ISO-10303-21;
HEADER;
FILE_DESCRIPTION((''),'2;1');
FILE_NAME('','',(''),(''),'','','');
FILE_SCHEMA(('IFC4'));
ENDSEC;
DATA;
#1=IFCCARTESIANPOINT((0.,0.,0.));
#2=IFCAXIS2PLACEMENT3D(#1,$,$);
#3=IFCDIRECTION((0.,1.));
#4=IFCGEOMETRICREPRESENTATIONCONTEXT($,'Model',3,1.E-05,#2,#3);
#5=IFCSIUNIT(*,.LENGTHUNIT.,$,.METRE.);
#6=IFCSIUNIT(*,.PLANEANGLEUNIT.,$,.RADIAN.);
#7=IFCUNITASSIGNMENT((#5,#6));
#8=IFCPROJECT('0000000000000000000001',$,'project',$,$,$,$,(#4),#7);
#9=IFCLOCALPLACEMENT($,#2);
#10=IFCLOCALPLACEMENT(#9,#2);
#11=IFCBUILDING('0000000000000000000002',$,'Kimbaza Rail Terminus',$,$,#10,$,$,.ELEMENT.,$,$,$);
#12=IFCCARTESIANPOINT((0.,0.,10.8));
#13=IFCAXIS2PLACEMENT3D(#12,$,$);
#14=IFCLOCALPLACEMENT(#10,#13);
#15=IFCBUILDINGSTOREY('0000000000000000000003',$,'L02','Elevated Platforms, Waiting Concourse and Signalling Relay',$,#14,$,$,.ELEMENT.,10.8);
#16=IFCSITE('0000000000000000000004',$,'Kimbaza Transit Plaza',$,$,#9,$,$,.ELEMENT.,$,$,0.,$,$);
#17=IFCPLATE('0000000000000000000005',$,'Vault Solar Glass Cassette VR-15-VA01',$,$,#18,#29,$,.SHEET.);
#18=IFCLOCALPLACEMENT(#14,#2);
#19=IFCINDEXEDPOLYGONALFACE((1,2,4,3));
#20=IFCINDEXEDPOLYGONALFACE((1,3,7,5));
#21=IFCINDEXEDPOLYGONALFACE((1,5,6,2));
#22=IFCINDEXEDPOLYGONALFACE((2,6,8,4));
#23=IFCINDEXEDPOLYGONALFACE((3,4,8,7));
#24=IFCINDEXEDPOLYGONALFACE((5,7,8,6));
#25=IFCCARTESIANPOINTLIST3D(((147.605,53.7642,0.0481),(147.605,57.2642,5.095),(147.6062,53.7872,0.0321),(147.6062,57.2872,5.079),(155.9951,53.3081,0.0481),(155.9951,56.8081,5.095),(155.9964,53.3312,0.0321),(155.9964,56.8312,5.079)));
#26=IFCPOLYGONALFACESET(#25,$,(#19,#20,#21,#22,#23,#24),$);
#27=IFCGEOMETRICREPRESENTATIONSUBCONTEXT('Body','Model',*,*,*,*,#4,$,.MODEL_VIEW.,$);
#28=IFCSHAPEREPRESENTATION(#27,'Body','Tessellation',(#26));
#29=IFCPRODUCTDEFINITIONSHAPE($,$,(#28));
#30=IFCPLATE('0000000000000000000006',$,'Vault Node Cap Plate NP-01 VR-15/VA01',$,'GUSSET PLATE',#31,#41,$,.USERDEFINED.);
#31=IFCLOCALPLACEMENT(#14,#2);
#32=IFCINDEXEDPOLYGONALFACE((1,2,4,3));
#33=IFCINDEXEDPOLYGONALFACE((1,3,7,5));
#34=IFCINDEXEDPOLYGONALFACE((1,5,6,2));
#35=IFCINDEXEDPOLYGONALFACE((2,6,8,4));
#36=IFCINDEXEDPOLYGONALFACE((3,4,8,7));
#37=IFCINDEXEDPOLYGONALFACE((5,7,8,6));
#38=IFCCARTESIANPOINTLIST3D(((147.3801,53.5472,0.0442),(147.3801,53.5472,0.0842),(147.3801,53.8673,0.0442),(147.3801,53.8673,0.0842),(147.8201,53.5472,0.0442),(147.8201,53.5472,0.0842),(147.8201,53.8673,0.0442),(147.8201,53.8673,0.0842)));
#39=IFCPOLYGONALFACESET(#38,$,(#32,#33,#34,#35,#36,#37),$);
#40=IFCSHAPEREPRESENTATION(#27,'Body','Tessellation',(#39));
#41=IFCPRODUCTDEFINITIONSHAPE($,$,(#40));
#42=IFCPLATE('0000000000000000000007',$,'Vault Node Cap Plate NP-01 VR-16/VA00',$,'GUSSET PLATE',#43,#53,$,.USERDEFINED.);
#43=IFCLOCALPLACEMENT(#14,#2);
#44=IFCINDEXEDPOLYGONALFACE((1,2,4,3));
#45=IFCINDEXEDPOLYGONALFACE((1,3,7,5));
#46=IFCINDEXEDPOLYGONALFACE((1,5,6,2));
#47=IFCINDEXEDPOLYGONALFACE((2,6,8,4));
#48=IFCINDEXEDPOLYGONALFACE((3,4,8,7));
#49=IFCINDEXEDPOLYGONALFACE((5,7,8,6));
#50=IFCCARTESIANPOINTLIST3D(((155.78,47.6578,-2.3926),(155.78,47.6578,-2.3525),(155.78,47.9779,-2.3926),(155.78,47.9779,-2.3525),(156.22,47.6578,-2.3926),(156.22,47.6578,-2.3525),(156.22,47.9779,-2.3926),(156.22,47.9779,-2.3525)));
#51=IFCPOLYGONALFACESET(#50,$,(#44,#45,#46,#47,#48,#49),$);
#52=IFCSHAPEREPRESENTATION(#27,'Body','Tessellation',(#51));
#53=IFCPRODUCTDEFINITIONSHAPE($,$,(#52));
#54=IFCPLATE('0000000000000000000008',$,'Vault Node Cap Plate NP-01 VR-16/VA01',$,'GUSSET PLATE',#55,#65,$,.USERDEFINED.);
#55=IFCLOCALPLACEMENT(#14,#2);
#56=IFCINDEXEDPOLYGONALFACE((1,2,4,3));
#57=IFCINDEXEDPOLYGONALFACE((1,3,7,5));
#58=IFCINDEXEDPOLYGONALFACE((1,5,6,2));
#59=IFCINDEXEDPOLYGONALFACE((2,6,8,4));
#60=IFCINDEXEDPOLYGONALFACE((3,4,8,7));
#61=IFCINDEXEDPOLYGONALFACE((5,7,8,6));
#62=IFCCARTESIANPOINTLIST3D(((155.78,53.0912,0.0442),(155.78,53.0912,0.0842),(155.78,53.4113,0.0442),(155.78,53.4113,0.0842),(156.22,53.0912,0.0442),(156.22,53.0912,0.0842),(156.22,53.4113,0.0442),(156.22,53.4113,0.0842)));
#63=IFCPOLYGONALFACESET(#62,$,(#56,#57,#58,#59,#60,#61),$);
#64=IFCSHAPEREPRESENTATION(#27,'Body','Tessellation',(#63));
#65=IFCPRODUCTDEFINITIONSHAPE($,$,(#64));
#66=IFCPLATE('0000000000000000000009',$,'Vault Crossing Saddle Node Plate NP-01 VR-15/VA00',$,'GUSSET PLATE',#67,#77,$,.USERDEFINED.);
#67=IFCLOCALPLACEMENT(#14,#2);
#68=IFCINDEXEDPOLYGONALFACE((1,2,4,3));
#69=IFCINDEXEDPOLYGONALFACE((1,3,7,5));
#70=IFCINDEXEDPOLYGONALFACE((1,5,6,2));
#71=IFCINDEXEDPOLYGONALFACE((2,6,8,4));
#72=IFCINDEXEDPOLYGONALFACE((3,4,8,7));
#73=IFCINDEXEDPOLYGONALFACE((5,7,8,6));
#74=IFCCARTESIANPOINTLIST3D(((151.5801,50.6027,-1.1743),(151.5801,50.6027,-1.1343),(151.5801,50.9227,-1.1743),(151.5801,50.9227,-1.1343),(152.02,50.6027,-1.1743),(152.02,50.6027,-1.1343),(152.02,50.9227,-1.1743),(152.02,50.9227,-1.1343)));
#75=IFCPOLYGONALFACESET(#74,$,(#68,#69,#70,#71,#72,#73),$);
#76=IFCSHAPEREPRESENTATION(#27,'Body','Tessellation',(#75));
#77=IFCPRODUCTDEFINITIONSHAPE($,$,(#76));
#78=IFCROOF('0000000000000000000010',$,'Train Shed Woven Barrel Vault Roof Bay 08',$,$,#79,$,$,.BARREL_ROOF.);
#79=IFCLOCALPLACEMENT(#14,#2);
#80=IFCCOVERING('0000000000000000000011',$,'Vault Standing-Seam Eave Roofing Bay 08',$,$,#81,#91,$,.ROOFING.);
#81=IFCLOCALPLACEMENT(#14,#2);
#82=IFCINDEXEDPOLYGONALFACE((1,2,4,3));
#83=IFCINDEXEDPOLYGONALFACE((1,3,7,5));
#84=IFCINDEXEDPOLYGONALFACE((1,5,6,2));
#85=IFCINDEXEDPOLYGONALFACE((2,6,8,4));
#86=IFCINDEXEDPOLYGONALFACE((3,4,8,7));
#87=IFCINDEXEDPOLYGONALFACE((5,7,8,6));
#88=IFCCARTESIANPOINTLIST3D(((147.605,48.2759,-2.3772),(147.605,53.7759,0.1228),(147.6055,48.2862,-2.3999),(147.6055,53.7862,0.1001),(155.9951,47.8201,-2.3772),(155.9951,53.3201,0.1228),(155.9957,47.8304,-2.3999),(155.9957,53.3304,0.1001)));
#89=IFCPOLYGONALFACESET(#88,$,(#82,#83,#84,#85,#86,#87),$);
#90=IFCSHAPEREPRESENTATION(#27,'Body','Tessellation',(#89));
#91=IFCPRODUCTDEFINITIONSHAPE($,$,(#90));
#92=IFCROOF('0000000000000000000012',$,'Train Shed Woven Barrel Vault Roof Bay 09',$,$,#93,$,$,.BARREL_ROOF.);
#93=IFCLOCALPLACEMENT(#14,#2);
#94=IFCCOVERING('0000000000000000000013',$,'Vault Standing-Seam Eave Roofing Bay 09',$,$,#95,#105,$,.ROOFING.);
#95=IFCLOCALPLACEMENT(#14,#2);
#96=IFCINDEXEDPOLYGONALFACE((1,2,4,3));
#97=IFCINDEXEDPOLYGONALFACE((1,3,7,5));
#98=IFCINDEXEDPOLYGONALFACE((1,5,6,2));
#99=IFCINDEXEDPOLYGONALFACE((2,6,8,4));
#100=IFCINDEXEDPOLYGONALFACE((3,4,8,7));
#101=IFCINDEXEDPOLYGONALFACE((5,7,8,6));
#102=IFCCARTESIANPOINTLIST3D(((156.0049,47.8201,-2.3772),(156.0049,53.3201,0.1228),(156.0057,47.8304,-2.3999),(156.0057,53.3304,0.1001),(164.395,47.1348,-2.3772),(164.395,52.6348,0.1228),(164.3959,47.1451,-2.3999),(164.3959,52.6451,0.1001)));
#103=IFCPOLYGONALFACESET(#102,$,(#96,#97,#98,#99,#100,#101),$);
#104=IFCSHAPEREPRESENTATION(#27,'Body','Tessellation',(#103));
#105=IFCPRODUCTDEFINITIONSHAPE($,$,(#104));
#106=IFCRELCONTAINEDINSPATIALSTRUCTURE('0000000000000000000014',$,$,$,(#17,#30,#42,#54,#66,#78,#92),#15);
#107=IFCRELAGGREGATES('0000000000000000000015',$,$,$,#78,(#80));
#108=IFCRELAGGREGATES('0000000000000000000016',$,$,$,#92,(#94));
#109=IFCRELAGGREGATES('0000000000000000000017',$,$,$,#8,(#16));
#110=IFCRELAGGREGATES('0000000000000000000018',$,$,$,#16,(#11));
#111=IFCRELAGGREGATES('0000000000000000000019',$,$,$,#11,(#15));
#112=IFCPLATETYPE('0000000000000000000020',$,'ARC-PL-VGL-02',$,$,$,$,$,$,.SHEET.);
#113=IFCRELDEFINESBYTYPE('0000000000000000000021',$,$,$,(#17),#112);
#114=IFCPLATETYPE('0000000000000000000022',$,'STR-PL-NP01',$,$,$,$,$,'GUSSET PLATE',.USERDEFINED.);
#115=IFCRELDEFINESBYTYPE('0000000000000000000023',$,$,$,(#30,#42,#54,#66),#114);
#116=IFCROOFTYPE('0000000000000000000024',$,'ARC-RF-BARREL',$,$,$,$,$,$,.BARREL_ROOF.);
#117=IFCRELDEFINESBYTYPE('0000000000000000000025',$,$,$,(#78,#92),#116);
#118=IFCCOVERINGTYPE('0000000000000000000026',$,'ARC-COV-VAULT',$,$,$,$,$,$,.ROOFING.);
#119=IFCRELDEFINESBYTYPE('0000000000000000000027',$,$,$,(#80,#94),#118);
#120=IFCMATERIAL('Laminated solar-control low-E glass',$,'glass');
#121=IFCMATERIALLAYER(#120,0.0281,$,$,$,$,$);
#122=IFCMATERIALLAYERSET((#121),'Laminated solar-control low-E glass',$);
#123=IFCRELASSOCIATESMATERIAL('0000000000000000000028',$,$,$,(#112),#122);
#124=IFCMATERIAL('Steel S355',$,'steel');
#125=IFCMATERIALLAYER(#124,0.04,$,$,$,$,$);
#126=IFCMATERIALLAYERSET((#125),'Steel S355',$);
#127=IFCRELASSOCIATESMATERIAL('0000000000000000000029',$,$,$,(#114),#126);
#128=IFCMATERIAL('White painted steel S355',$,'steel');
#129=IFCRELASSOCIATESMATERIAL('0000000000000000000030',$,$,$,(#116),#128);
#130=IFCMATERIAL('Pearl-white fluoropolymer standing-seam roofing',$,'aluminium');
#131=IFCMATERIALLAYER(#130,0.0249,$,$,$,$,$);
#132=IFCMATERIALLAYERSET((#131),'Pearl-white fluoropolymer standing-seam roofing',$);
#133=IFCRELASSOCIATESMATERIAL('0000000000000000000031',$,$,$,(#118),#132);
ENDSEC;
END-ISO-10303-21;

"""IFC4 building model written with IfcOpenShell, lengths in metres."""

from ifc_helpers import new_model, si_unit, direction, frame, origin, origin_2d, place, context, subcontext, project, spatial, polyline, rectangle, outline, extrude, material, layer, layer_set, type_object, element, aggregate, save


model = new_model("IFC4")

# Units and contexts
model_context = context("Model", 3, precision=1e-05, world=origin(), true_north=direction((0.0, 1.0)))
body_context = subcontext(model_context, "Body", "Model", "MODEL_VIEW")
ifc_project = project(units=[si_unit("LENGTHUNIT", "METRE"), si_unit("PLANEANGLEUNIT", "RADIAN")], contexts=[model_context])

# Site, building, storey
site_placement = place(None, origin())
site = spatial("IfcSite", under=ifc_project, at=site_placement, Name="Kimbaza Transit Plaza", CompositionType="ELEMENT", RefElevation=0.0)
building_placement = place(site_placement, origin())
building = spatial("IfcBuilding", under=site, at=building_placement, Name="Kimbaza Rail Terminus", CompositionType="ELEMENT")
storey_placement = place(building_placement, frame((0.0, 0.0, 10.8)))
storey = spatial("IfcBuildingStorey", under=building, at=storey_placement, Name="L02", Description="Elevated Platforms, Waiting Concourse and Signalling Relay", CompositionType="ELEMENT", Elevation=10.8)

# Plates
ifc_material_1 = material(Name="Laminated solar-control low-E glass", Category="glass")
ifc_layer_1 = layer(ifc_material_1, 0.0281)
ifc_layer_set_1 = layer_set([ifc_layer_1], Name="Laminated solar-control low-E glass")
plate_type_1 = type_object("IfcPlateType", Name="ARC-PL-VGL-02", PredefinedType="SHEET", material=ifc_layer_set_1)
plate_1_placement = place(storey_placement, frame((147.605, 53.7642, 0.0481), z_axis=(-0.044622, -0.820916, 0.569304), x_axis=(0.998526, -0.054276, 0.0)))
element("IfcPlate", 1, at=plate_1_placement, inside=storey, type_object=plate_type_1, Name="Vault Solar Glass Cassette VR-15-VA01", PredefinedType="SHEET", context=body_context, shape_type="SweptSolid", body=[
    extrude(outline(polyline([(0.0, 0.0), (8.4025, 0.0), (8.2126, 6.1388), (-0.19, 6.1388), (0.0, 0.0)])), origin(), (0.0, 0.0, -1.0), 0.0281),
])
ifc_material_2 = material(Name="Steel S355", Category="steel")
ifc_layer_2 = layer(ifc_material_2, 0.04)
ifc_layer_set_2 = layer_set([ifc_layer_2], Name="Steel S355")
plate_type_2 = type_object("IfcPlateType", Name="STR-PL-NP01", ElementType="GUSSET PLATE", PredefinedType="USERDEFINED", material=ifc_layer_set_2)
for number, where, z_axis, x_axis, name in (
    (2, (147.6001, 53.7073, 0.0442), (0.0, 0.0, 1.0), (1.0, 0.0, 0.0), "Vault Node Cap Plate NP-01 VR-15/VA01"),
    (3, (156.0, 47.8179, -2.3926), (0.0, 0.0, 1.0), (1.0, 0.0, 0.0), "Vault Node Cap Plate NP-01 VR-16/VA00"),
    (4, (156.0, 53.2512, 0.0442), (0.0, 0.0, 1.0), (1.0, 0.0, 0.0), "Vault Node Cap Plate NP-01 VR-16/VA01"),
    (5, (151.8, 50.7627, -1.1743), (0.0, 0.0, 1.0), (1.0, 0.0, 0.0), "Vault Crossing Saddle Node Plate NP-01 VR-15/VA00"),
):
    element("IfcPlate", number, at=place(storey_placement, frame(where, z_axis=z_axis, x_axis=x_axis)), inside=storey, type_object=plate_type_2, Name=name, ObjectType="GUSSET PLATE", PredefinedType="USERDEFINED", context=body_context, shape_type="SweptSolid", body=[
        extrude(rectangle(XDim=0.4399, YDim=0.3201, at=origin_2d()), origin(), (0.0, 0.0, 1.0), 0.04),
    ])

# Roofs, coverings
ifc_material_3 = material(Name="White painted steel S355", Category="steel")
roof_type = type_object("IfcRoofType", Name="ARC-RF-BARREL", PredefinedType="BARREL_ROOF", material=ifc_material_3)
roof_1_placement = place(storey_placement, origin())
roof_1 = element("IfcRoof", 6, at=roof_1_placement, inside=storey, type_object=roof_type, Name="Train Shed Woven Barrel Vault Roof Bay 08", PredefinedType="BARREL_ROOF")
ifc_material_4 = material(Name="Pearl-white fluoropolymer standing-seam roofing", Category="aluminium")
ifc_layer_3 = layer(ifc_material_4, 0.0249)
ifc_layer_set_3 = layer_set([ifc_layer_3], Name="Pearl-white fluoropolymer standing-seam roofing")
covering_type = type_object("IfcCoveringType", Name="ARC-COV-VAULT", PredefinedType="ROOFING", material=ifc_layer_set_3)
covering_1_placement = place(storey_placement, frame((147.605, 48.2759, -2.3772), z_axis=(-0.022475, -0.413698, 0.910137), x_axis=(0.998528, -0.054247, 0.0)))
covering_1 = element("IfcCovering", 7, at=covering_1_placement, type_object=covering_type, Name="Vault Standing-Seam Eave Roofing Bay 08", PredefinedType="ROOFING", context=body_context, shape_type="SweptSolid", body=[
    extrude(outline(polyline([(0.0, 0.0), (8.4025, 0.0), (8.1042, 6.0342), (-0.2984, 6.0342), (0.0, 0.0)])), origin(), (0.0, 0.0, -1.0), 0.0249),
])
aggregate(roof_1, [covering_1])
roof_2_placement = place(storey_placement, origin())
roof_2 = element("IfcRoof", 8, at=roof_2_placement, inside=storey, type_object=roof_type, Name="Train Shed Woven Barrel Vault Roof Bay 09", PredefinedType="BARREL_ROOF")
covering_2_placement = place(storey_placement, frame((156.0049, 47.8201, -2.3772), z_axis=(-0.03378, -0.413567, 0.909847), x_axis=(0.996681, -0.081408, 0.0)))
covering_2 = element("IfcCovering", 9, at=covering_2_placement, type_object=covering_type, Name="Vault Standing-Seam Eave Roofing Bay 09", PredefinedType="ROOFING", context=body_context, shape_type="SweptSolid", body=[
    extrude(outline(polyline([(0.0, 0.0), (8.4181, 0.0), (7.9703, 6.0249), (-0.4477, 6.0249), (0.0, 0.0)])), origin(), (0.0, 0.0, -1.0), 0.0249),
])
aggregate(roof_2, [covering_2])

save(model, "model.ifc")
